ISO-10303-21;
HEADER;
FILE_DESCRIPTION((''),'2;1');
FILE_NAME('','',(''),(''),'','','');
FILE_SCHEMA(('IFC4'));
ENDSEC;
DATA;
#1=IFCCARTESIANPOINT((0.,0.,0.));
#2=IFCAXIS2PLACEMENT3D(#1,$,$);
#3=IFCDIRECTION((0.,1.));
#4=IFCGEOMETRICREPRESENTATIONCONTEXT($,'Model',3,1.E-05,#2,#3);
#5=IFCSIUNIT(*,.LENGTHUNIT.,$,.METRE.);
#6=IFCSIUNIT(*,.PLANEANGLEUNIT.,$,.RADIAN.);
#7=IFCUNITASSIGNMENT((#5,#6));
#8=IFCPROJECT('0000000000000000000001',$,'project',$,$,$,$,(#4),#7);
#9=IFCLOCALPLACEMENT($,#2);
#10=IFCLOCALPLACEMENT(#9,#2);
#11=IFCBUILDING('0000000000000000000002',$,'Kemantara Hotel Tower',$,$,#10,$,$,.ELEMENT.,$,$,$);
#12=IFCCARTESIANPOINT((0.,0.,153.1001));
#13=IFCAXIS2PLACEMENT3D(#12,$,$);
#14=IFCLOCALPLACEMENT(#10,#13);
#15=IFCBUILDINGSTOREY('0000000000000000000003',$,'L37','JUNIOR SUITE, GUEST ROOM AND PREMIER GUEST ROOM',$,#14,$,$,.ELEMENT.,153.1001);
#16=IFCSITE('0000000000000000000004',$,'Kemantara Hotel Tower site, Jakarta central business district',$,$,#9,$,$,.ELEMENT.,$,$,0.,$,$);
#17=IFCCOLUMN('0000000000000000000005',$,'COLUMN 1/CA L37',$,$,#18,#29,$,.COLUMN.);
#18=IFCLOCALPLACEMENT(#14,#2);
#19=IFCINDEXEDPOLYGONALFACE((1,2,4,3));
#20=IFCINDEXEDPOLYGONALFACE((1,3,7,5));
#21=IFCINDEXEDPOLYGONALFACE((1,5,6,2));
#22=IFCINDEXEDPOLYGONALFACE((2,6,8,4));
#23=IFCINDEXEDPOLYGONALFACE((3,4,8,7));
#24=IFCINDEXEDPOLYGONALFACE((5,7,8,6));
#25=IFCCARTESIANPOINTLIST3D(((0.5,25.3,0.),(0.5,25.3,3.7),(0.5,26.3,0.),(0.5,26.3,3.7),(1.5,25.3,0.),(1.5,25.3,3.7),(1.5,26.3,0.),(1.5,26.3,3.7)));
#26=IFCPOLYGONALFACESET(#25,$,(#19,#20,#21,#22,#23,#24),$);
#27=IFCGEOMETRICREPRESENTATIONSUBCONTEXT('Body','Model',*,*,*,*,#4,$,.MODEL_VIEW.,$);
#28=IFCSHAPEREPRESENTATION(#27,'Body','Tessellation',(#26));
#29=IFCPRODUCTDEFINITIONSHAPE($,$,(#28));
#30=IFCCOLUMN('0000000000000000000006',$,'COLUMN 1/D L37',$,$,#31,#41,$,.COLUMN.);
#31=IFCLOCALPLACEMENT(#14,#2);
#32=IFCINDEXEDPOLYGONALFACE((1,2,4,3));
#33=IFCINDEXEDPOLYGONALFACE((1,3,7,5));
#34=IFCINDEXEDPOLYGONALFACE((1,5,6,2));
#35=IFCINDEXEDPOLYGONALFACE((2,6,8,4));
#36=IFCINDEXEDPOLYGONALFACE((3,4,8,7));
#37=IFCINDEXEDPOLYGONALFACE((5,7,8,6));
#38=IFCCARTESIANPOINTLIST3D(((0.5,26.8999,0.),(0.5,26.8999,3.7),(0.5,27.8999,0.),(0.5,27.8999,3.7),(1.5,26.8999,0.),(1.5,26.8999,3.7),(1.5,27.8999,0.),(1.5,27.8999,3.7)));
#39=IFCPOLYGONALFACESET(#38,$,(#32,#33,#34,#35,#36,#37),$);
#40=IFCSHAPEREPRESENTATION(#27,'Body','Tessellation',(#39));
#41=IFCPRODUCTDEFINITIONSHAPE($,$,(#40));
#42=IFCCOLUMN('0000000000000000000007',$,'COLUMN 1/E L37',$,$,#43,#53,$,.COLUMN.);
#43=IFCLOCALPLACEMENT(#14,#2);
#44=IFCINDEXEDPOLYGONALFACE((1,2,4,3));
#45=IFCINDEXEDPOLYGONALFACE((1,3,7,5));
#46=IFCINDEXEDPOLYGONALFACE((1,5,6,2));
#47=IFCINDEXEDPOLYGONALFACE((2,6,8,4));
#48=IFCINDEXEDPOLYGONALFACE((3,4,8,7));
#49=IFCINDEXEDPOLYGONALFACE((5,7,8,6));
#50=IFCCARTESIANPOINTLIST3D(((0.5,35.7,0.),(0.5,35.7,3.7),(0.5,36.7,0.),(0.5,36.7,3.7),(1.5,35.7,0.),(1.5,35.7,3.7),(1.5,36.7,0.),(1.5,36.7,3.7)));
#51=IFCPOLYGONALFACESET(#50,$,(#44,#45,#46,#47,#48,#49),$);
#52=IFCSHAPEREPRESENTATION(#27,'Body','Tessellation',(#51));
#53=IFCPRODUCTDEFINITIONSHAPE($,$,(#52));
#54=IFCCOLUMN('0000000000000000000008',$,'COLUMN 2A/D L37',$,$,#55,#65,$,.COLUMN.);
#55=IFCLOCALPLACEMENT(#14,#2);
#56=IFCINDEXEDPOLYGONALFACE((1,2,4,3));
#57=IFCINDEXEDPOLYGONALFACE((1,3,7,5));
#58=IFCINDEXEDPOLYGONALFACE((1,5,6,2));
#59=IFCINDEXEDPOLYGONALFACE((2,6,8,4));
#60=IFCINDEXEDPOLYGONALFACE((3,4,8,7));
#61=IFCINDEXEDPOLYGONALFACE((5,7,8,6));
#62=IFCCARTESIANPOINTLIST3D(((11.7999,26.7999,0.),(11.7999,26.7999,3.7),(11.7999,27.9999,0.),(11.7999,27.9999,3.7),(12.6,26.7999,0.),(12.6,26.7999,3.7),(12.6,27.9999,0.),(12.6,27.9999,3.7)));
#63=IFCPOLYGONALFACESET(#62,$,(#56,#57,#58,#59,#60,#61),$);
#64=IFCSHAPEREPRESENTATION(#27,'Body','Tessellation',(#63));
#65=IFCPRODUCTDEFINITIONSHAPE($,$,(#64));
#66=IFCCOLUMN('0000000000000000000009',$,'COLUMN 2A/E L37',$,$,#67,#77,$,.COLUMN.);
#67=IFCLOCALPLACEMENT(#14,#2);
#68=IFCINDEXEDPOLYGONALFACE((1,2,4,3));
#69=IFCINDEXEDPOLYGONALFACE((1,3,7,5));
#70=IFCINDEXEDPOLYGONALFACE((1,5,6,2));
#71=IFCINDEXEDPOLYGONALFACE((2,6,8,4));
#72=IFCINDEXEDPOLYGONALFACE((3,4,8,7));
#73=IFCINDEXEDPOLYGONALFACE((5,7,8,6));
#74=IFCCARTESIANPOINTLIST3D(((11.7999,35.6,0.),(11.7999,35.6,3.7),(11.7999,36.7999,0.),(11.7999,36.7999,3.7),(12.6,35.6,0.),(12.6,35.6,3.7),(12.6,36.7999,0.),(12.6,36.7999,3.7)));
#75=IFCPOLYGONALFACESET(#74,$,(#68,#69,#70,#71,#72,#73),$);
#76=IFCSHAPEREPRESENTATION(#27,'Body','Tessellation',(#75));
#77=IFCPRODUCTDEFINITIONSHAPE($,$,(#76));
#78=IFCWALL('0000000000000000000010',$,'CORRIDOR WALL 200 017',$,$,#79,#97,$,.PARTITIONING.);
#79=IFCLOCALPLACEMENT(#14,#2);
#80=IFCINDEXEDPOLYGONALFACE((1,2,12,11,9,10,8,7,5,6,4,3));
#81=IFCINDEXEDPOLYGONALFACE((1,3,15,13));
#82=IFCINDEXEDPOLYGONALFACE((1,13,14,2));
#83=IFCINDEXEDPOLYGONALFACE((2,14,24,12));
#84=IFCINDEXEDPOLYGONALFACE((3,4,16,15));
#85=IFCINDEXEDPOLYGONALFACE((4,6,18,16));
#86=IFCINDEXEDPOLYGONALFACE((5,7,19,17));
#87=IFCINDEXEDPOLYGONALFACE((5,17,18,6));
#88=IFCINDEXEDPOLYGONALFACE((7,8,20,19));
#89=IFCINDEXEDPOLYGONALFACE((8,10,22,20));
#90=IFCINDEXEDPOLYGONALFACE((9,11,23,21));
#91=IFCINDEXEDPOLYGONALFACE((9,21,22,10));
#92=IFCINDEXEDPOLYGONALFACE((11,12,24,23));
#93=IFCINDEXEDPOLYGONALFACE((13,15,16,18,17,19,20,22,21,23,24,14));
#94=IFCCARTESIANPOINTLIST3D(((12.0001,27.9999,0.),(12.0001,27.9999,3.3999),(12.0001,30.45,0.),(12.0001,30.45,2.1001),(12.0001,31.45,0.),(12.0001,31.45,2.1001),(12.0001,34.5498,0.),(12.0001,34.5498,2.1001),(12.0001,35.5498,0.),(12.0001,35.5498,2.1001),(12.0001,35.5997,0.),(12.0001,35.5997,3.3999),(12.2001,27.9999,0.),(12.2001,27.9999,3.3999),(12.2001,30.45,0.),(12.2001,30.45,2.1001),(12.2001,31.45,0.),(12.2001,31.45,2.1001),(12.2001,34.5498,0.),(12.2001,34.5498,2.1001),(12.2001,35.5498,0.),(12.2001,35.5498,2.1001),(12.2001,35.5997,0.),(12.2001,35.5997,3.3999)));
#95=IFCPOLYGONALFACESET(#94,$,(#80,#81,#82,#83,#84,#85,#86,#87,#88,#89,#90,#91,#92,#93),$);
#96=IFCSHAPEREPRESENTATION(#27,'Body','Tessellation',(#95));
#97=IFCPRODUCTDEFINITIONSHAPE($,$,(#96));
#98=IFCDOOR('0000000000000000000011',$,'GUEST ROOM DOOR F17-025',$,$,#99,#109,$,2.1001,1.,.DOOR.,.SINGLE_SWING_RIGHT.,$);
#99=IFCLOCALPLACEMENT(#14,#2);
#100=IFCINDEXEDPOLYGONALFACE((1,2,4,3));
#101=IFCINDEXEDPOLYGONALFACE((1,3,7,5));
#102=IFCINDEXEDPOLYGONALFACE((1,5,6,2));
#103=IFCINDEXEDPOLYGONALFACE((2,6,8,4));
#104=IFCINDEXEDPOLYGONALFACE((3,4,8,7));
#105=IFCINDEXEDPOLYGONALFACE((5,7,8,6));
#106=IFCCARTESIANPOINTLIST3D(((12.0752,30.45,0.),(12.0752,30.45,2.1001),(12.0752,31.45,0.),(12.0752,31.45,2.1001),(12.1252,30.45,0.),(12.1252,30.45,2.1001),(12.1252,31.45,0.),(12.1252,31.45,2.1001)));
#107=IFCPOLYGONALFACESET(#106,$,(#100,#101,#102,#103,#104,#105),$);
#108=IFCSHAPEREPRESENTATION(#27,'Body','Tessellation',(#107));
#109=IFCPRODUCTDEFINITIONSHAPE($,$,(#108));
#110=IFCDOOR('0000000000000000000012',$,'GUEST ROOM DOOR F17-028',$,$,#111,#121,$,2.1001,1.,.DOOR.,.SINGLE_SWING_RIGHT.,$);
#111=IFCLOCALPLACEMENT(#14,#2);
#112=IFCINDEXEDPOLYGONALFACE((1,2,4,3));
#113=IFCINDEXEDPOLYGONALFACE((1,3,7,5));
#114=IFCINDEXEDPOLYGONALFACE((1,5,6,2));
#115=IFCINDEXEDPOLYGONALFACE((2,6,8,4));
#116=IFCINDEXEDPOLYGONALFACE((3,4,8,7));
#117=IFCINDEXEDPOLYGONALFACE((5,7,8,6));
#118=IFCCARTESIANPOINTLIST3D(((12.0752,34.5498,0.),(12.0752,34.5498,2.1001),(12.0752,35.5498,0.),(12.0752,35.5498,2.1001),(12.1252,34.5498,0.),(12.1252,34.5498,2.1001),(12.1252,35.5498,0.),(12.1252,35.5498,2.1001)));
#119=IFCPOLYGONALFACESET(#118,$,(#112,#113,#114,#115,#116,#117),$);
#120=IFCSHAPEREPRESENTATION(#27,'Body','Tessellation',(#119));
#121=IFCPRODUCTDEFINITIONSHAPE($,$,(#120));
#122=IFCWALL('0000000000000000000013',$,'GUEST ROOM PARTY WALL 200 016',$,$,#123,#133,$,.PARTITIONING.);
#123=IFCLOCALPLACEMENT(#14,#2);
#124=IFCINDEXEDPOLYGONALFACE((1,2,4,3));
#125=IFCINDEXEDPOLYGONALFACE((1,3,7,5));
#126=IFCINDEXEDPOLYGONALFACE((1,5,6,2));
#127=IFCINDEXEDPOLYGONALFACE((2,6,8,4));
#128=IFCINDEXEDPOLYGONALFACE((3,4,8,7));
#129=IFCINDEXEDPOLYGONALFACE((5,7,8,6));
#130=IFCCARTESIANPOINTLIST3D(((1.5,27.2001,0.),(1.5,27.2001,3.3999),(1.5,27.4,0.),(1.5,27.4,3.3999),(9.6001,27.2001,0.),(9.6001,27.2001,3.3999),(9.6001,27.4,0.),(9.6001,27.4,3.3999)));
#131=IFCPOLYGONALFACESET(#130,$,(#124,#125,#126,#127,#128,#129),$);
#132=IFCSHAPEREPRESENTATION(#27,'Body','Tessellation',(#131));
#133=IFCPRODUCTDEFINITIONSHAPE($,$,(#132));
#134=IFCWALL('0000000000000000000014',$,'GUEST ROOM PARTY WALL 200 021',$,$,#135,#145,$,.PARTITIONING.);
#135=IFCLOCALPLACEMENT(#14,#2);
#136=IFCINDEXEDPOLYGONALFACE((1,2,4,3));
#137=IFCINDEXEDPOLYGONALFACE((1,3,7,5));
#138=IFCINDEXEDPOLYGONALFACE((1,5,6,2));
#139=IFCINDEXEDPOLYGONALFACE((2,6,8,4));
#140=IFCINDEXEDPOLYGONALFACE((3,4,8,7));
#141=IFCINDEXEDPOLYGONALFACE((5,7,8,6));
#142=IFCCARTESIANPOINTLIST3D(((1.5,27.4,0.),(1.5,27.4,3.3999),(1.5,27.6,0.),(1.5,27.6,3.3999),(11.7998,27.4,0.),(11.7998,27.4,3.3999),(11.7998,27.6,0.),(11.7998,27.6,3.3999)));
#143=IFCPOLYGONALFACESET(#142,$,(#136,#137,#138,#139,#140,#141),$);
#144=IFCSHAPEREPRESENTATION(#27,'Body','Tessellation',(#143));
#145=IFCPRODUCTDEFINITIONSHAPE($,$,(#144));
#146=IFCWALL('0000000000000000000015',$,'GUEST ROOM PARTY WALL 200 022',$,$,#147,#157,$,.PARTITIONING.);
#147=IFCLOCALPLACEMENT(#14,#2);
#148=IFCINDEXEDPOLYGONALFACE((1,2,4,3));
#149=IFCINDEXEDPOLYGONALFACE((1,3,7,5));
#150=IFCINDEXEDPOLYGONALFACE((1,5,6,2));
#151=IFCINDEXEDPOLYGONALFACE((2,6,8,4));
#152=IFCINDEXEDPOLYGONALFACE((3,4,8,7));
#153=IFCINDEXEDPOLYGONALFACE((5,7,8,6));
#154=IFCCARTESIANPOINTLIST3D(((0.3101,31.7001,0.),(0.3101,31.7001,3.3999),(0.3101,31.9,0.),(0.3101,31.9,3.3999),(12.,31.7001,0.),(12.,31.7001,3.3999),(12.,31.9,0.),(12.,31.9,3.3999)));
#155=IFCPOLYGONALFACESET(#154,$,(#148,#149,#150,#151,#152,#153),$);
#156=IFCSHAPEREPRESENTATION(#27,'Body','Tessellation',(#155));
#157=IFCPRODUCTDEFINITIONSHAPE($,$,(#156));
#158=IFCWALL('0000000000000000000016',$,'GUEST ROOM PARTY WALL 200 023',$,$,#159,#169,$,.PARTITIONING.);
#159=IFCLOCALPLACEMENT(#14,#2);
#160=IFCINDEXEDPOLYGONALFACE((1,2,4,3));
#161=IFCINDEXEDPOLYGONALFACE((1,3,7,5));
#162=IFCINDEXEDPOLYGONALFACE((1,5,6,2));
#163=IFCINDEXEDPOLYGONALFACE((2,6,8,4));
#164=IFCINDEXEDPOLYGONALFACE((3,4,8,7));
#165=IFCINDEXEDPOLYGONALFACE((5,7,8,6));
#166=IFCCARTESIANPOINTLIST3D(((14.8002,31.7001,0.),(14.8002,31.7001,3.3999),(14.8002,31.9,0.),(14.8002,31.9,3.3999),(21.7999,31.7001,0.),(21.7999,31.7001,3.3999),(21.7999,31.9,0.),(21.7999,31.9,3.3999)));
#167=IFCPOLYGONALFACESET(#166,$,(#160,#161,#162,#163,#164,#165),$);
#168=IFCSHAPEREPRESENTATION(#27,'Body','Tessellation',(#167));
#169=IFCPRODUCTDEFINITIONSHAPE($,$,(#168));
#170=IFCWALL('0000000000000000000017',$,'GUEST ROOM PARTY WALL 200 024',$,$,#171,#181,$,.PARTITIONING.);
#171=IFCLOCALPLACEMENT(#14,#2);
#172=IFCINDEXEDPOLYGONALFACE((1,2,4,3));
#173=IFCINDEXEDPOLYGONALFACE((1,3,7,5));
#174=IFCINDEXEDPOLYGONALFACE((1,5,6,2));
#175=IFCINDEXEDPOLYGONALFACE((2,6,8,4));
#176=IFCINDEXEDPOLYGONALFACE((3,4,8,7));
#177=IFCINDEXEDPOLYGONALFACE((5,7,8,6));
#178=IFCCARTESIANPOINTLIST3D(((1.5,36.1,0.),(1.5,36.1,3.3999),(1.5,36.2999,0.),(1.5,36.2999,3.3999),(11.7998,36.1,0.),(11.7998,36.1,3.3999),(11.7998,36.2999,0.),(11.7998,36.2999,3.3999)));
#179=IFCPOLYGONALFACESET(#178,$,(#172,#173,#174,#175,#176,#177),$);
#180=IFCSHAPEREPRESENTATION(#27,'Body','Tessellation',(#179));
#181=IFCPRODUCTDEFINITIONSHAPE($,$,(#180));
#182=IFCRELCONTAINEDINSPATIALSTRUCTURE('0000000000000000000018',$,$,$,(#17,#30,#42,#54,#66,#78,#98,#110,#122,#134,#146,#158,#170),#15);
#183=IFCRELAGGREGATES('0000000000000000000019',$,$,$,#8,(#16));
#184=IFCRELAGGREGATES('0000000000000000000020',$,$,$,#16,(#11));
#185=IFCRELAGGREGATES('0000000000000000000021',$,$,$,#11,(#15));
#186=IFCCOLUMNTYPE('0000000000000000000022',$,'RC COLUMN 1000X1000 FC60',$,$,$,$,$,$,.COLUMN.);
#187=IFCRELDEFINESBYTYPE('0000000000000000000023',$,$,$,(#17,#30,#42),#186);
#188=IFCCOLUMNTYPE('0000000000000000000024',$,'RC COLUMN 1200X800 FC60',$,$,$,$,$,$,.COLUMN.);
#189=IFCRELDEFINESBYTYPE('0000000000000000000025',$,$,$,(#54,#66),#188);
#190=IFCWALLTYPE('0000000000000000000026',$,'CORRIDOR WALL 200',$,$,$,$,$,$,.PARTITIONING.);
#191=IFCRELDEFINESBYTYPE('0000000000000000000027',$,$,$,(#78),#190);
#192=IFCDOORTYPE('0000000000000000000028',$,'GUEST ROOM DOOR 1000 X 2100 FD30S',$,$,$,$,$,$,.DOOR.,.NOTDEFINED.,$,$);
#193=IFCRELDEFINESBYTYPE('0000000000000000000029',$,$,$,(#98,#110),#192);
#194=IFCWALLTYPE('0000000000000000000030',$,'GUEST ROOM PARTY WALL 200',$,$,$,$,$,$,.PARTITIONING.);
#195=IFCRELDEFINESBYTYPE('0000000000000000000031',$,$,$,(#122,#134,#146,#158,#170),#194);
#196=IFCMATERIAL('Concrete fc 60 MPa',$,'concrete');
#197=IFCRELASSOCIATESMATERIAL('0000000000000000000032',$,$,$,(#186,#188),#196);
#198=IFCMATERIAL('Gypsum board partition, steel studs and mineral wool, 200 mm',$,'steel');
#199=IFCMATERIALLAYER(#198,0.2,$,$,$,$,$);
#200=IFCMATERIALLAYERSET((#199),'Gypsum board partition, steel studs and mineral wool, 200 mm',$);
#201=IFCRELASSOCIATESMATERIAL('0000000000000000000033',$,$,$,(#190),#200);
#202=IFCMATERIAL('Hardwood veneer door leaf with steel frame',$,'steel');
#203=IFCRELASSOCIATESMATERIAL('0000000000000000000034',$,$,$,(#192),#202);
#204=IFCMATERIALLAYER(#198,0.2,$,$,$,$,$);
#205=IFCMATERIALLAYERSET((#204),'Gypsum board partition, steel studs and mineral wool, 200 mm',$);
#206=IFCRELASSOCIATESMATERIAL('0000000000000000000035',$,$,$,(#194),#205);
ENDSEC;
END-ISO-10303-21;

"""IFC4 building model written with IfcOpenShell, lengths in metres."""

from ifc_helpers import new_model, si_unit, direction, frame, frame_2d, origin, origin_2d, place, context, subcontext, project, spatial, rectangle, extrude, material, layer, layer_set, material_profile, profile_set, type_object, element, fill, save


model = new_model("IFC4")

# Units and contexts
model_context = context("Model", 3, precision=1e-05, world=origin(), true_north=direction((0.0, 1.0)))
body_context = subcontext(model_context, "Body", "Model", "MODEL_VIEW")
ifc_project = project(units=[si_unit("LENGTHUNIT", "METRE"), si_unit("PLANEANGLEUNIT", "RADIAN")], contexts=[model_context])

# Site, building, storey
site_placement = place(None, origin())
site = spatial("IfcSite", under=ifc_project, at=site_placement, Name="Kemantara Hotel Tower site, Jakarta central business district", CompositionType="ELEMENT", RefElevation=0.0)
building_placement = place(site_placement, origin())
building = spatial("IfcBuilding", under=site, at=building_placement, Name="Kemantara Hotel Tower", CompositionType="ELEMENT")
storey_placement = place(building_placement, frame((0.0, 0.0, 153.1001)))
storey = spatial("IfcBuildingStorey", under=building, at=storey_placement, Name="L37", Description="JUNIOR SUITE, GUEST ROOM AND PREMIER GUEST ROOM", CompositionType="ELEMENT", Elevation=153.1001)

# Columns
ifc_material_1 = material(Name="Concrete fc 60 MPa", Category="concrete")
ifc_material_profile_1 = material_profile(ifc_material_1, rectangle(XDim=1.0, YDim=1.0, at=origin_2d()), Name="RC 1000X1000")
ifc_profile_set_1 = profile_set([ifc_material_profile_1], Name="Concrete fc 60 MPa")
column_type_1 = type_object("IfcColumnType", Name="RC COLUMN 1000X1000 FC60", PredefinedType="COLUMN", material=ifc_profile_set_1)
for number, where, z_axis, x_axis, name in (
    (1, (1.0, 25.8, 0.0), (0.0, 0.0, 1.0), (1.0, 0.0, 0.0), "COLUMN 1/CA L37"),
    (2, (1.0, 27.3999, 0.0), (0.0, 0.0, 1.0), (1.0, 0.0, 0.0), "COLUMN 1/D L37"),
    (3, (1.0, 36.2, 0.0), (0.0, 0.0, 1.0), (1.0, 0.0, 0.0), "COLUMN 1/E L37"),
):
    element("IfcColumn", number, at=place(storey_placement, frame(where, z_axis=z_axis, x_axis=x_axis)), inside=storey, type_object=column_type_1, Name=name, PredefinedType="COLUMN", context=body_context, shape_type="SweptSolid", body=[
        extrude(rectangle(XDim=1.0, YDim=1.0, at=origin_2d()), origin(), (0.0, 0.0, 1.0), 3.7),
    ])
ifc_material_profile_2 = material_profile(ifc_material_1, rectangle(XDim=1.2, YDim=0.8, at=origin_2d()), Name="RC 1200X800")
ifc_profile_set_2 = profile_set([ifc_material_profile_2], Name="Concrete fc 60 MPa")
column_type_2 = type_object("IfcColumnType", Name="RC COLUMN 1200X800 FC60", PredefinedType="COLUMN", material=ifc_profile_set_2)
for number, where, z_axis, x_axis, name in (
    (4, (12.2, 27.3999, 0.0), (0.0, 0.0, 1.0), (0.0, 1.0, 0.0), "COLUMN 2A/D L37"),
    (5, (12.2, 36.2, 0.0), (0.0, 0.0, 1.0), (0.0, 1.0, 0.0), "COLUMN 2A/E L37"),
):
    element("IfcColumn", number, at=place(storey_placement, frame(where, z_axis=z_axis, x_axis=x_axis)), inside=storey, type_object=column_type_2, Name=name, PredefinedType="COLUMN", context=body_context, shape_type="SweptSolid", body=[
        extrude(rectangle(XDim=1.2, YDim=0.8, at=origin_2d()), origin(), (0.0, 0.0, 1.0), 3.7),
    ])

# Wall, openings, doors
ifc_material_2 = material(Name="Gypsum board partition, steel studs and mineral wool, 200 mm", Category="steel")
ifc_layer_1 = layer(ifc_material_2, 0.2)
ifc_layer_set_1 = layer_set([ifc_layer_1], Name="Gypsum board partition, steel studs and mineral wool, 200 mm")
wall_type_1 = type_object("IfcWallType", Name="CORRIDOR WALL 200", PredefinedType="PARTITIONING", material=ifc_layer_set_1)
wall_1_placement = place(storey_placement, frame((12.1001, 28.0, 0.0), z_axis=(0.0, 0.0, 1.0), x_axis=(0.0, 1.0, 0.0)))
wall_1 = element("IfcWall", 6, at=wall_1_placement, inside=storey, type_object=wall_type_1, Name="CORRIDOR WALL 200 017", PredefinedType="PARTITIONING", context=body_context, shape_type="SweptSolid", body=[
    extrude(rectangle(XDim=7.5999, YDim=0.2, at=frame_2d((3.7998, 0.0))), origin(), (0.0, 0.0, 1.0), 3.3999),
])
opening_1_placement = place(wall_1_placement, frame((2.45, 0.0, 0.0)))
opening_1 = element("IfcOpeningElement", 7, at=opening_1_placement, cuts=wall_1, PredefinedType="OPENING", context=body_context, shape_type="SweptSolid", body=[
    extrude(rectangle(XDim=1.0, YDim=2.1001, at=frame_2d((0.5, 1.05))), frame((0.0, 0.1099, 0.0), z_axis=(0.0, -1.0, 0.0), x_axis=(1.0, 0.0, 0.0)), (0.0, 0.0, 1.0), 0.22),
])
opening_2_placement = place(wall_1_placement, frame((6.5498, 0.0, 0.0)))
opening_2 = element("IfcOpeningElement", 8, at=opening_2_placement, cuts=wall_1, PredefinedType="OPENING", context=body_context, shape_type="SweptSolid", body=[
    extrude(rectangle(XDim=1.0, YDim=2.1001, at=frame_2d((0.5, 1.05))), frame((0.0, 0.1099, 0.0), z_axis=(0.0, -1.0, 0.0), x_axis=(1.0, 0.0, 0.0)), (0.0, 0.0, 1.0), 0.22),
])
ifc_material_3 = material(Name="Hardwood veneer door leaf with steel frame", Category="steel")
door_type_1 = type_object("IfcDoorType", Name="GUEST ROOM DOOR 1000 X 2100 FD30S", OperationType="NOTDEFINED", PredefinedType="DOOR", material=ifc_material_3)
door_1_placement = place(opening_1_placement, origin())
door_1 = element("IfcDoor", 9, at=door_1_placement, inside=storey, type_object=door_type_1, Name="GUEST ROOM DOOR F17-025", OperationType="SINGLE_SWING_RIGHT", OverallHeight=2.1001, OverallWidth=1.0, PredefinedType="DOOR", context=body_context, shape_type="SweptSolid", body=[
    extrude(rectangle(XDim=1.0, YDim=2.1001, at=frame_2d((0.5, 1.05))), frame((0.0, 0.0249, 0.0), z_axis=(0.0, -1.0, 0.0), x_axis=(1.0, 0.0, 0.0)), (0.0, 0.0, 1.0), 0.05),
])
fill(opening_1, door_1)
door_2_placement = place(opening_2_placement, origin())
door_2 = element("IfcDoor", 10, at=door_2_placement, inside=storey, type_object=door_type_1, Name="GUEST ROOM DOOR F17-028", OperationType="SINGLE_SWING_RIGHT", OverallHeight=2.1001, OverallWidth=1.0, PredefinedType="DOOR", context=body_context, shape_type="SweptSolid", body=[
    extrude(rectangle(XDim=1.0, YDim=2.1001, at=frame_2d((0.5, 1.05))), frame((0.0, 0.0249, 0.0), z_axis=(0.0, -1.0, 0.0), x_axis=(1.0, 0.0, 0.0)), (0.0, 0.0, 1.0), 0.05),
])
fill(opening_2, door_2)

# Walls
ifc_layer_2 = layer(ifc_material_2, 0.2)
ifc_layer_set_2 = layer_set([ifc_layer_2], Name="Gypsum board partition, steel studs and mineral wool, 200 mm")
wall_type_2 = type_object("IfcWallType", Name="GUEST ROOM PARTY WALL 200", PredefinedType="PARTITIONING", material=ifc_layer_set_2)
wall_2_placement = place(storey_placement, frame((1.5, 27.3, 0.0), z_axis=(0.0, 0.0, 1.0), x_axis=(1.0, 0.0, 0.0)))
element("IfcWall", 11, at=wall_2_placement, inside=storey, type_object=wall_type_2, Name="GUEST ROOM PARTY WALL 200 016", PredefinedType="PARTITIONING", context=body_context, shape_type="SweptSolid", body=[
    extrude(rectangle(XDim=8.1001, YDim=0.2, at=frame_2d((4.05, 0.0))), origin(), (0.0, 0.0, 1.0), 3.3999),
])
wall_3_placement = place(storey_placement, frame((1.5, 27.5, 0.0), z_axis=(0.0, 0.0, 1.0), x_axis=(1.0, 0.0, 0.0)))
element("IfcWall", 12, at=wall_3_placement, inside=storey, type_object=wall_type_2, Name="GUEST ROOM PARTY WALL 200 021", PredefinedType="PARTITIONING", context=body_context, shape_type="SweptSolid", body=[
    extrude(rectangle(XDim=10.2998, YDim=0.2, at=frame_2d((5.1499, 0.0))), origin(), (0.0, 0.0, 1.0), 3.3999),
])
wall_4_placement = place(storey_placement, frame((0.3101, 31.8, 0.0), z_axis=(0.0, 0.0, 1.0), x_axis=(1.0, 0.0, 0.0)))
element("IfcWall", 13, at=wall_4_placement, inside=storey, type_object=wall_type_2, Name="GUEST ROOM PARTY WALL 200 022", PredefinedType="PARTITIONING", context=body_context, shape_type="SweptSolid", body=[
    extrude(rectangle(XDim=11.6899, YDim=0.2, at=frame_2d((5.845, 0.0))), origin(), (0.0, 0.0, 1.0), 3.3999),
])
wall_5_placement = place(storey_placement, frame((14.8, 31.8, 0.0), z_axis=(0.0, 0.0, 1.0), x_axis=(1.0, 0.0, 0.0)))
element("IfcWall", 14, at=wall_5_placement, inside=storey, type_object=wall_type_2, Name="GUEST ROOM PARTY WALL 200 023", PredefinedType="PARTITIONING", context=body_context, shape_type="SweptSolid", body=[
    extrude(rectangle(XDim=6.9998, YDim=0.2, at=frame_2d((3.5, 0.0))), origin(), (0.0, 0.0, 1.0), 3.3999),
])
wall_6_placement = place(storey_placement, frame((1.5, 36.2, 0.0), z_axis=(0.0, 0.0, 1.0), x_axis=(1.0, 0.0, 0.0)))
element("IfcWall", 15, at=wall_6_placement, inside=storey, type_object=wall_type_2, Name="GUEST ROOM PARTY WALL 200 024", PredefinedType="PARTITIONING", context=body_context, shape_type="SweptSolid", body=[
    extrude(rectangle(XDim=10.2998, YDim=0.2, at=frame_2d((5.1499, 0.0))), origin(), (0.0, 0.0, 1.0), 3.3999),
])

save(model, "model.ifc")
